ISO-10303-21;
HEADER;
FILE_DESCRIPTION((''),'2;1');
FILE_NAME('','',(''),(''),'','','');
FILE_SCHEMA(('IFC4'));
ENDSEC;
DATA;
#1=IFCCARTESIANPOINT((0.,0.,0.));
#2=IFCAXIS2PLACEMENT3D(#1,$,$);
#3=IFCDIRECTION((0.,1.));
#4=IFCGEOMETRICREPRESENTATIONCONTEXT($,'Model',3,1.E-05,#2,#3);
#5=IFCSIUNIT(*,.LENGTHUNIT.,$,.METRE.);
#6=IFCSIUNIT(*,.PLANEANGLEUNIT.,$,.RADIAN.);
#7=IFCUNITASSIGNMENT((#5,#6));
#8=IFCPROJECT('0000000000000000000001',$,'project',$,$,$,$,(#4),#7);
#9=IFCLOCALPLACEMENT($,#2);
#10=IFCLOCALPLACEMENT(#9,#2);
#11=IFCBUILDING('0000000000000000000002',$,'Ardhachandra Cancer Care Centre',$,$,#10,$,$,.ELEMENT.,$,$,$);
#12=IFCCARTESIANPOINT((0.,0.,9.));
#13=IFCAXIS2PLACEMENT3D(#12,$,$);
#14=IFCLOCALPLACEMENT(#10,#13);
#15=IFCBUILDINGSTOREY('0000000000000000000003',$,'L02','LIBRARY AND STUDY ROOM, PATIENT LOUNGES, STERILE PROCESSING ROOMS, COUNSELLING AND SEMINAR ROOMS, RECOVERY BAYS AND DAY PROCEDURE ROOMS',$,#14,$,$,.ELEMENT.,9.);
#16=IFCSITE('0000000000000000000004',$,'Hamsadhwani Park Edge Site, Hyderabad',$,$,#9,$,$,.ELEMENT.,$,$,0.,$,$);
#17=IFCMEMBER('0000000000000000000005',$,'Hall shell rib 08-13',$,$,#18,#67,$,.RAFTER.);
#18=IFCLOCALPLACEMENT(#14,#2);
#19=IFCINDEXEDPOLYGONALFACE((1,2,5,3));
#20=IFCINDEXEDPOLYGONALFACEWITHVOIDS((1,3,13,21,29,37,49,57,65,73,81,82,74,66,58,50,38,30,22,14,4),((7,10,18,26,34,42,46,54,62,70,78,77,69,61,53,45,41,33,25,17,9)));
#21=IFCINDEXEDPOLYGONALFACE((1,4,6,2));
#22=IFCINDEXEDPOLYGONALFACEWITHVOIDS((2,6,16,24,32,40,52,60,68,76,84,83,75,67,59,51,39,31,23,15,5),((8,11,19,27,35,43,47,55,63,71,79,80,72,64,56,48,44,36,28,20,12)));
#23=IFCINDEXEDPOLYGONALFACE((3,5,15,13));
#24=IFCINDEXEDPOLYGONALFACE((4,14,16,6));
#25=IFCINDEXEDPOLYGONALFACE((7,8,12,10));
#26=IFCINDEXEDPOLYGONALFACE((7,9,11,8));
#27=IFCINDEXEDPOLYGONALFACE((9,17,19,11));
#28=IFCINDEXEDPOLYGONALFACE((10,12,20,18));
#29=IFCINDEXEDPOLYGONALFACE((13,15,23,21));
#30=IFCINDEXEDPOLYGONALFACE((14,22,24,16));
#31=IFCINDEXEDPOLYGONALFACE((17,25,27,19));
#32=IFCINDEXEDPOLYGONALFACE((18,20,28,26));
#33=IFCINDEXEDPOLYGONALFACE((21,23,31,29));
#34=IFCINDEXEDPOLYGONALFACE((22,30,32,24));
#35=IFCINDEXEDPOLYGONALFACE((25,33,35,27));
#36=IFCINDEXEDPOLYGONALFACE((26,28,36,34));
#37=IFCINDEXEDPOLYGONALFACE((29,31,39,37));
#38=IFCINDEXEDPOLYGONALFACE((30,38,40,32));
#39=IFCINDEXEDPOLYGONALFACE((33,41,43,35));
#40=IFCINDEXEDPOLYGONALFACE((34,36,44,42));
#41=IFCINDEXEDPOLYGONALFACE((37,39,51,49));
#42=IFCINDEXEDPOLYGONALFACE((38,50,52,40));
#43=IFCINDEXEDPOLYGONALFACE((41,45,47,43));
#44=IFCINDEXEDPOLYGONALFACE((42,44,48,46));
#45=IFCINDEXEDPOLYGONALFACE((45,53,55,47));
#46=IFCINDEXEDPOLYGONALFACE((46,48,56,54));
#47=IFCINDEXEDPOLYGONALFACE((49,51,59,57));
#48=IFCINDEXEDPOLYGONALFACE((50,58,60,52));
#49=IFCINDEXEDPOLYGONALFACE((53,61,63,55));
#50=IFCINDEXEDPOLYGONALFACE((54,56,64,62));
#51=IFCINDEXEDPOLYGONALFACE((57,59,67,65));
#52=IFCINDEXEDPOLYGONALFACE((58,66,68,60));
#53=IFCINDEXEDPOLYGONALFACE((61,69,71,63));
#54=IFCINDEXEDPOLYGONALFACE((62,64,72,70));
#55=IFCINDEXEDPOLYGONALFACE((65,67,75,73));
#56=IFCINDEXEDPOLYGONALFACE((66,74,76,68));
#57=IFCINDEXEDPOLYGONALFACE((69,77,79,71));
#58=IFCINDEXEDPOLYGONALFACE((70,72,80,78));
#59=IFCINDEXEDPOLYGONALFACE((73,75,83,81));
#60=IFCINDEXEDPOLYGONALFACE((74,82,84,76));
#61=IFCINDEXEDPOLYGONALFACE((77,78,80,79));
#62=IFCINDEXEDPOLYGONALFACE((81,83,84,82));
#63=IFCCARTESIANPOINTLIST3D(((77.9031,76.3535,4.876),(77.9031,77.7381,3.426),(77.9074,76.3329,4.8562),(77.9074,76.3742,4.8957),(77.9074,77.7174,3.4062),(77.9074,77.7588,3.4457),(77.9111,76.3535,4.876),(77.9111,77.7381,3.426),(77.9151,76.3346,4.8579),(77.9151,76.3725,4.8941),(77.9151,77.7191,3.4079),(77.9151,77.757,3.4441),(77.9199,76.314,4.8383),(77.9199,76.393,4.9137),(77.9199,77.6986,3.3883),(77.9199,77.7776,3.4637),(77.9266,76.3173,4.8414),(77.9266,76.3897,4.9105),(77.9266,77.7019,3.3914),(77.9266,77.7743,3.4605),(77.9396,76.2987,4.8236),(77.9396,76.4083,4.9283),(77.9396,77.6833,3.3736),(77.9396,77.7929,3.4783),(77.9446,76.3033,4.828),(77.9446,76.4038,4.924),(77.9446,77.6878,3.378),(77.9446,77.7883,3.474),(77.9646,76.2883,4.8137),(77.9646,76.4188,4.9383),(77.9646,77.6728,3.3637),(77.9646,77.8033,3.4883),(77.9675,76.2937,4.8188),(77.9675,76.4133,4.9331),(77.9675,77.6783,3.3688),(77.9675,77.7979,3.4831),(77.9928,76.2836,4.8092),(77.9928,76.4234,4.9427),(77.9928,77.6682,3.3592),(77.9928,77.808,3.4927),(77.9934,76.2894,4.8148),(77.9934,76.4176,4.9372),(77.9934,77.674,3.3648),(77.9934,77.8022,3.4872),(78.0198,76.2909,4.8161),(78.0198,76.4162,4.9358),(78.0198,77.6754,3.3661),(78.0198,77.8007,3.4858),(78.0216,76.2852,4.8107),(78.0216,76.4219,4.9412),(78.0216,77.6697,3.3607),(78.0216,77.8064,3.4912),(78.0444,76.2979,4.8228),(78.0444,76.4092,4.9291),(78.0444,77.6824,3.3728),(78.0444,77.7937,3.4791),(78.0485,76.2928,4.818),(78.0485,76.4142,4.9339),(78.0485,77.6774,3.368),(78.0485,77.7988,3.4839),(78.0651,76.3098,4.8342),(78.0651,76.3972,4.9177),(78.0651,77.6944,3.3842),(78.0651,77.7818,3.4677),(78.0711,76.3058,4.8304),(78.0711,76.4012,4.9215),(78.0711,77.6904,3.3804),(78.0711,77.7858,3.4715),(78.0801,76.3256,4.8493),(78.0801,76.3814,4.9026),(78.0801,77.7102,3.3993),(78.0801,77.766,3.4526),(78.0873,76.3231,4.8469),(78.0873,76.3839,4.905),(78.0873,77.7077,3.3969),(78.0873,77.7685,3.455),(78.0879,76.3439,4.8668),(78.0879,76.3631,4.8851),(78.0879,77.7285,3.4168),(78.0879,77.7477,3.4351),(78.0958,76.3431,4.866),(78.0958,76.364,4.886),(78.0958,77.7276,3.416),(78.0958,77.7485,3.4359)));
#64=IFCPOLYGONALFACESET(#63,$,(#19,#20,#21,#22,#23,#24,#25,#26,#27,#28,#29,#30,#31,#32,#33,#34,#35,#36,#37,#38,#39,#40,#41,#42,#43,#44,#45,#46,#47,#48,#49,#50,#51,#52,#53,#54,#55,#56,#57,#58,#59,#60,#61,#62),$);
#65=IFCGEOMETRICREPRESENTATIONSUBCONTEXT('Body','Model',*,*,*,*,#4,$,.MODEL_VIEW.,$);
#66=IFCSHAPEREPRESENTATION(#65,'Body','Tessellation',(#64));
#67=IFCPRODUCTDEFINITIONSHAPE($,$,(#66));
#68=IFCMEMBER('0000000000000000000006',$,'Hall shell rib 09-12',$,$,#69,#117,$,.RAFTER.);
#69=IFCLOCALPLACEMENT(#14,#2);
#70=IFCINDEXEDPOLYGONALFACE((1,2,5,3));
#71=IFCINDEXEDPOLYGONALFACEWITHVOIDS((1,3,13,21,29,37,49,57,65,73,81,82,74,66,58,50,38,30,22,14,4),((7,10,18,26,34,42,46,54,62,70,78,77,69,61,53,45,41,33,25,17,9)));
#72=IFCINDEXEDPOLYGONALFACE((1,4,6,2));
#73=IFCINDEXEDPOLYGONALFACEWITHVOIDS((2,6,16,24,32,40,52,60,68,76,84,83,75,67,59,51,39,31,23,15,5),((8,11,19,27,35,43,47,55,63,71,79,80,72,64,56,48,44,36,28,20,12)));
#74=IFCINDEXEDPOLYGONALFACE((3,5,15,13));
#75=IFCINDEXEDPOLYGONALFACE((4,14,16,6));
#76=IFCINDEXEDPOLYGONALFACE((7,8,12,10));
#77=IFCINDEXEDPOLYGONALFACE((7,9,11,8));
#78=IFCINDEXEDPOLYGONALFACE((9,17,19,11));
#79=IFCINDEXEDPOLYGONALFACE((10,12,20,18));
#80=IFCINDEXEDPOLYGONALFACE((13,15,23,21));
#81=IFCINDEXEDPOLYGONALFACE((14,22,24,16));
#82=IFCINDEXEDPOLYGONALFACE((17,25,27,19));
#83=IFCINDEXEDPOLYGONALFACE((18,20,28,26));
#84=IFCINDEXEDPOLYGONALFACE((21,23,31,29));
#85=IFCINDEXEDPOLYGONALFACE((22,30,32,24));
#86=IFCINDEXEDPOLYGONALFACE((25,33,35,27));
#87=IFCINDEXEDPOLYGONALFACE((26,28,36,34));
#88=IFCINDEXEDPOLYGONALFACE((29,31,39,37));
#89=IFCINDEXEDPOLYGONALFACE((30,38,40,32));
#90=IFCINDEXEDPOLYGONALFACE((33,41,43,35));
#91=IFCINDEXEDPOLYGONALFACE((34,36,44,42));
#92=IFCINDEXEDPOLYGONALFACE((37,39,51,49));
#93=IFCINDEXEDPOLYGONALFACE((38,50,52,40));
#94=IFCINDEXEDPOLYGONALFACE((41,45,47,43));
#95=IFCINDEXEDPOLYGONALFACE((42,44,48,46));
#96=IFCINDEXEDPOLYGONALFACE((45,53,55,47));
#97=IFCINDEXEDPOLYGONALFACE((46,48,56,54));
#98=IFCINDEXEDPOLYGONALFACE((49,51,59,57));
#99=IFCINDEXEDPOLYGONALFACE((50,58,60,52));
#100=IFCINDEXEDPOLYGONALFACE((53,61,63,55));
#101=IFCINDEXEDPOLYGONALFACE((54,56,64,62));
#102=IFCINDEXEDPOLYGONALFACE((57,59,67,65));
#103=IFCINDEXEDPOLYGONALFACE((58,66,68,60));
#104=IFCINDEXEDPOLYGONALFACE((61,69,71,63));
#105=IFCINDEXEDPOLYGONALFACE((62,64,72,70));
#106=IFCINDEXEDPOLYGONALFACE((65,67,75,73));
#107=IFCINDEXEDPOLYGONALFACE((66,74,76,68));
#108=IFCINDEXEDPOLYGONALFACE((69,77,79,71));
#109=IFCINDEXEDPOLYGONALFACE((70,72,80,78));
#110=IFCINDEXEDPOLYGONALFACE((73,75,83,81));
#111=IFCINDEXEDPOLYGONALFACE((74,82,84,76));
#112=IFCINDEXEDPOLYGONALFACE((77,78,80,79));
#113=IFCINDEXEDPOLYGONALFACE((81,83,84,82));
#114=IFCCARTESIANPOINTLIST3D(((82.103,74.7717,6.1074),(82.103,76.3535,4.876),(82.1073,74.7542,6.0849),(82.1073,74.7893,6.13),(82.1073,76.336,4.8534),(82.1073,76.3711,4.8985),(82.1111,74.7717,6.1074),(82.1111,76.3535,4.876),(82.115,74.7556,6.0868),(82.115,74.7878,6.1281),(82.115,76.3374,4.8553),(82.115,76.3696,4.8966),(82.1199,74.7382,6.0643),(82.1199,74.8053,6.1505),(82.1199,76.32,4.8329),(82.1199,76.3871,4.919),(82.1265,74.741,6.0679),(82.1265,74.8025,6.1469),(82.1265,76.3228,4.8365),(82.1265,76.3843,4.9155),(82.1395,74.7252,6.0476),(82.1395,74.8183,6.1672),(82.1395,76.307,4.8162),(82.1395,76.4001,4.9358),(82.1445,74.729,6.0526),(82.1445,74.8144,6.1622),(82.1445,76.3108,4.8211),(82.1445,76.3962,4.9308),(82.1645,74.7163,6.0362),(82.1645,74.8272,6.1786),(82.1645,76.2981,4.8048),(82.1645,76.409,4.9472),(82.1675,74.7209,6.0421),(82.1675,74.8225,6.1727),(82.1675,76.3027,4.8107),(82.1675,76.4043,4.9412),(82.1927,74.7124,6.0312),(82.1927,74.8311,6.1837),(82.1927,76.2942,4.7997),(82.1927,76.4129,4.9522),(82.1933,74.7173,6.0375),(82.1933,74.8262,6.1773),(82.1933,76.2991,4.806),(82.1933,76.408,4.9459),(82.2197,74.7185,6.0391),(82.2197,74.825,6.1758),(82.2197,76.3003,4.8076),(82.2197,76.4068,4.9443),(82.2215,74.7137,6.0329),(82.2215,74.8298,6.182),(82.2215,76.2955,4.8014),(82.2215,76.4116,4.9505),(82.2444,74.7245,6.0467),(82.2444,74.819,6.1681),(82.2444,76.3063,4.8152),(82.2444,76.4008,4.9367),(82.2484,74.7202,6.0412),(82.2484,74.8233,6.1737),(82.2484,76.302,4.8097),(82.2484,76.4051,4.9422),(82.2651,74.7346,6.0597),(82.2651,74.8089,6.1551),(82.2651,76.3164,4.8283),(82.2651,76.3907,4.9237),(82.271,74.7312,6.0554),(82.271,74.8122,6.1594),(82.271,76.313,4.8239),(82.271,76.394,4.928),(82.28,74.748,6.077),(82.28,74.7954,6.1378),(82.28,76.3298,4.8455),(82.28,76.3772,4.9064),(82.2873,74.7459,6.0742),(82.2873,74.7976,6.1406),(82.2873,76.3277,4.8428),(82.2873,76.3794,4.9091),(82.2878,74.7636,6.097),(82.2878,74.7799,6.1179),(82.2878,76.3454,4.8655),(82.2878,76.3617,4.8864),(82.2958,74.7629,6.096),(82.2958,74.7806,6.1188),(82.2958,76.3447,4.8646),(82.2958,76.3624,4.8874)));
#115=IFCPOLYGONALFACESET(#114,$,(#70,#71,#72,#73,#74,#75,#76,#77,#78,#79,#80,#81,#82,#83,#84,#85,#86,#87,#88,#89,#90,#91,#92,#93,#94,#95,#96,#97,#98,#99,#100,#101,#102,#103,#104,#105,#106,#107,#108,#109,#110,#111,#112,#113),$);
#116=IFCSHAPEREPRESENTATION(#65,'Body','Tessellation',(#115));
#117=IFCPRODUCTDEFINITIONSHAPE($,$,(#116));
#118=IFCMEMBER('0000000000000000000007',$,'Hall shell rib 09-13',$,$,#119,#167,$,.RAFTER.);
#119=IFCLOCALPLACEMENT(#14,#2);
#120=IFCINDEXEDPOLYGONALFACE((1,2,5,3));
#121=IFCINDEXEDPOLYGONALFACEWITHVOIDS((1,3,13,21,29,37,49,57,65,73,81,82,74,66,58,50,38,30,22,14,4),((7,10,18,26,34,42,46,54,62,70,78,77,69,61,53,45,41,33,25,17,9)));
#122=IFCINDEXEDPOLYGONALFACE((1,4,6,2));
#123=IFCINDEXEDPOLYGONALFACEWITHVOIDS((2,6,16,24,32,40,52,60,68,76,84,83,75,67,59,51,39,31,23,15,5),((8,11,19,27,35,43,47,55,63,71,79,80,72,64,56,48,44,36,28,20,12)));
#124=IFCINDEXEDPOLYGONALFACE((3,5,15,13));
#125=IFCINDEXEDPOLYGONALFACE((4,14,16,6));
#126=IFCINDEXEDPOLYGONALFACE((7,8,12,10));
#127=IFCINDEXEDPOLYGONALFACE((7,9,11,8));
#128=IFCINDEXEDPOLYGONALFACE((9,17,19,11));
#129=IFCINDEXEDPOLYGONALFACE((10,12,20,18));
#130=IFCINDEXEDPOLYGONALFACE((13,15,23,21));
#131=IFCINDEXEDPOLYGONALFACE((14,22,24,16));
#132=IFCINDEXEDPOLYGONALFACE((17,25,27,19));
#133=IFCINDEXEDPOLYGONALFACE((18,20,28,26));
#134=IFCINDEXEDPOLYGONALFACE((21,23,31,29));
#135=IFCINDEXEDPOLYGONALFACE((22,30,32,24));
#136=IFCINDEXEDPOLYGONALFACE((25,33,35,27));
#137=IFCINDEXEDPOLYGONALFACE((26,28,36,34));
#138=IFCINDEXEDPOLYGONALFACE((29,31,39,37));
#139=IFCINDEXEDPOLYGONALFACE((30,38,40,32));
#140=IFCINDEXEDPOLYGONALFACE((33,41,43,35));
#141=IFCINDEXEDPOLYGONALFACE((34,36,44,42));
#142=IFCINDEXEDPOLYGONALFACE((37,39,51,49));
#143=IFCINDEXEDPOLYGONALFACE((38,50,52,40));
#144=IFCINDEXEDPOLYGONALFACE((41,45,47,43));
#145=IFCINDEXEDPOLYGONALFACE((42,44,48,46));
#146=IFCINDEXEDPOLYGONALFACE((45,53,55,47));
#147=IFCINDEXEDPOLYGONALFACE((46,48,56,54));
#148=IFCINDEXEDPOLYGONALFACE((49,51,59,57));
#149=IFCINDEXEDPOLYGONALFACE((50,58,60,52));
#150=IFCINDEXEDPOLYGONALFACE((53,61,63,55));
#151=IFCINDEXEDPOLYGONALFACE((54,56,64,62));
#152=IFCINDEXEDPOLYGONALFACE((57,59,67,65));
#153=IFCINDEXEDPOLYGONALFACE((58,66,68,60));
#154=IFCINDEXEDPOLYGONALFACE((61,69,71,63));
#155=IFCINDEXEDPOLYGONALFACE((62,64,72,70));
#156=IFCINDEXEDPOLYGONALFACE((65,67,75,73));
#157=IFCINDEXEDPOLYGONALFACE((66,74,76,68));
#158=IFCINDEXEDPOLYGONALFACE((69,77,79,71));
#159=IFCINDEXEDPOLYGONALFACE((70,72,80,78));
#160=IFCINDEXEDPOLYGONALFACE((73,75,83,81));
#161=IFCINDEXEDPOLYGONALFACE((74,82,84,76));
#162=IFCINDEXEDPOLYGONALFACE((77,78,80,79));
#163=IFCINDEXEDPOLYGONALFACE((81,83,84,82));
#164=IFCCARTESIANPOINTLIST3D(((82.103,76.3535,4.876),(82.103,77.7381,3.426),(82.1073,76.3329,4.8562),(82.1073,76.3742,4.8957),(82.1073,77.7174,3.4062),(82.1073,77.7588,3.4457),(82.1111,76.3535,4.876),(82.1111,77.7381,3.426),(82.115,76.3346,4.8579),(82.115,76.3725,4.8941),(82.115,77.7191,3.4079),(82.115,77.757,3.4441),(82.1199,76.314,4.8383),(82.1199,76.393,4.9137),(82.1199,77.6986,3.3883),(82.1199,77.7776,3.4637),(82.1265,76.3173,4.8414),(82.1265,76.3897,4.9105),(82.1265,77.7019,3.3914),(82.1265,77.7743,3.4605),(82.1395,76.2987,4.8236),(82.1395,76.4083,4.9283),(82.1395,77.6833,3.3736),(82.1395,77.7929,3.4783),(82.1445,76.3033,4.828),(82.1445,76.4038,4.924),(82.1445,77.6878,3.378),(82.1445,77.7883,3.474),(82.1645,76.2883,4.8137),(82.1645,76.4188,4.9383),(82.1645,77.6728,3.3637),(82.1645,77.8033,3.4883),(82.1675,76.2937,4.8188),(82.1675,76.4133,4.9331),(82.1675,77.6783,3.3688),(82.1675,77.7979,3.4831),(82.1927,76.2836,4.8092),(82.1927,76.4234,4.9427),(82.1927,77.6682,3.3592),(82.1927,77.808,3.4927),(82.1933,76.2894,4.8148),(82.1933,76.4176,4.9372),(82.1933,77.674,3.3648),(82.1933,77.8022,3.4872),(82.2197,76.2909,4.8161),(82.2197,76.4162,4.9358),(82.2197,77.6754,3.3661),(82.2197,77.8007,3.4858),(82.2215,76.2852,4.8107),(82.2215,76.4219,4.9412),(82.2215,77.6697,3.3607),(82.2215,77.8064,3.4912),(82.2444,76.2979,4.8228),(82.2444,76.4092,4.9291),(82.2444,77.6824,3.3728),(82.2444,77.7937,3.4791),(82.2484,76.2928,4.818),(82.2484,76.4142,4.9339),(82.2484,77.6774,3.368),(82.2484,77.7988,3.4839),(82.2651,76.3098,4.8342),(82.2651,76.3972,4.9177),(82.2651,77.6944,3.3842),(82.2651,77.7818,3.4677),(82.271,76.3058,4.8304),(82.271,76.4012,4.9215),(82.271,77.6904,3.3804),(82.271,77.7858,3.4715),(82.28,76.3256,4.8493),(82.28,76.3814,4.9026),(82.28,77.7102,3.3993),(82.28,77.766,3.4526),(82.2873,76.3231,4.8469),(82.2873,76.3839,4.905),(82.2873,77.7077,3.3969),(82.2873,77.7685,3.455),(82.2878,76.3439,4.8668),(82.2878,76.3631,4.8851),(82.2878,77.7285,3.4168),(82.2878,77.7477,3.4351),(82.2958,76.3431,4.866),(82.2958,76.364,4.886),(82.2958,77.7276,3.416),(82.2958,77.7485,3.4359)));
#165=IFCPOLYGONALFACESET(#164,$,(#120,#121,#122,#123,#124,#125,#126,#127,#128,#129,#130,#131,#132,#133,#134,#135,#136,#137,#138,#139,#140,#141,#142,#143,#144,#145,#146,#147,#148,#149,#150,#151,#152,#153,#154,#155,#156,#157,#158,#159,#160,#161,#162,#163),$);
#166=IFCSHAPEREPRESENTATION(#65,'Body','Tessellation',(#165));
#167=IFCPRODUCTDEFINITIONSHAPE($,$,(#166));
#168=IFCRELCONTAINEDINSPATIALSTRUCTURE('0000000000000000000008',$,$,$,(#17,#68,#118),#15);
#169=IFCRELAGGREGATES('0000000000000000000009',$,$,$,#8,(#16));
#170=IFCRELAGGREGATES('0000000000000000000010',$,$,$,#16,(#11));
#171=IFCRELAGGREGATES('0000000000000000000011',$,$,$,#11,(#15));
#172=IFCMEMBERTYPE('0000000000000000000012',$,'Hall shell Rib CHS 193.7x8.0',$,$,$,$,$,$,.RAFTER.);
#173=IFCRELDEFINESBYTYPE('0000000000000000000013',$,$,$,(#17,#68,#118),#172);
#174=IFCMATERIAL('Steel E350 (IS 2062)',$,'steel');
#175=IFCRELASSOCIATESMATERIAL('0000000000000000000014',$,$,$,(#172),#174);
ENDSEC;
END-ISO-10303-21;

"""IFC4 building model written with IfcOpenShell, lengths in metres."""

from ifc_helpers import new_model, si_unit, direction, frame, origin, origin_2d, place, context, subcontext, project, spatial, hollow_circle, extrude, material, material_profile, profile_set, type_object, element, save


model = new_model("IFC4")

# Units and contexts
model_context = context("Model", 3, precision=1e-05, world=origin(), true_north=direction((0.0, 1.0)))
body_context = subcontext(model_context, "Body", "Model", "MODEL_VIEW")
ifc_project = project(units=[si_unit("LENGTHUNIT", "METRE"), si_unit("PLANEANGLEUNIT", "RADIAN")], contexts=[model_context])

# Site, building, storey
site_placement = place(None, origin())
site = spatial("IfcSite", under=ifc_project, at=site_placement, Name="Hamsadhwani Park Edge Site, Hyderabad", CompositionType="ELEMENT", RefElevation=0.0)
building_placement = place(site_placement, origin())
building = spatial("IfcBuilding", under=site, at=building_placement, Name="Ardhachandra Cancer Care Centre", CompositionType="ELEMENT")
storey_placement = place(building_placement, frame((0.0, 0.0, 9.0)))
storey = spatial("IfcBuildingStorey", under=building, at=storey_placement, Name="L02", Description="LIBRARY AND STUDY ROOM, PATIENT LOUNGES, STERILE PROCESSING ROOMS, COUNSELLING AND SEMINAR ROOMS, RECOVERY BAYS AND DAY PROCEDURE ROOMS", CompositionType="ELEMENT", Elevation=9.0)

# Members
ifc_material_1 = material(Name="Steel E350 (IS 2062)", Category="steel")
ifc_material_profile_1 = material_profile(ifc_material_1, hollow_circle(Radius=0.0969, WallThickness=0.0081, at=origin_2d()), Name="CHS 193.7x8.0")
ifc_profile_set_1 = profile_set([ifc_material_profile_1], Name="Steel E350 (IS 2062)")
member_type_1 = type_object("IfcMemberType", Name="Hall shell Rib CHS 193.7x8.0", PredefinedType="RAFTER", material=ifc_profile_set_1)
member_1_placement = place(storey_placement, frame((78.0, 76.3535, 4.876), z_axis=(0.0, 0.6906, -0.723237), x_axis=(-1.0, 0.0, 0.0)))
element("IfcMember", 1, at=member_1_placement, inside=storey, type_object=member_type_1, Name="Hall shell rib 08-13", PredefinedType="RAFTER", context=body_context, shape_type="SweptSolid", body=[
    extrude(hollow_circle(Radius=0.0969, WallThickness=0.0081, at=origin_2d()), origin(), (0.0, 0.0, 1.0), 2.0049),
])
member_2_placement = place(storey_placement, frame((82.2, 74.7717, 6.1074), z_axis=(0.0, 0.78907, -0.614303), x_axis=(-1.0, 0.0, 0.0)))
element("IfcMember", 2, at=member_2_placement, inside=storey, type_object=member_type_1, Name="Hall shell rib 09-12", PredefinedType="RAFTER", context=body_context, shape_type="SweptSolid", body=[
    extrude(hollow_circle(Radius=0.0969, WallThickness=0.0081, at=origin_2d()), origin(), (0.0, 0.0, 1.0), 2.0046),
])
member_3_placement = place(storey_placement, frame((82.2, 76.3535, 4.876), z_axis=(0.0, 0.6906, -0.723237), x_axis=(-1.0, 0.0, 0.0)))
element("IfcMember", 3, at=member_3_placement, inside=storey, type_object=member_type_1, Name="Hall shell rib 09-13", PredefinedType="RAFTER", context=body_context, shape_type="SweptSolid", body=[
    extrude(hollow_circle(Radius=0.0969, WallThickness=0.0081, at=origin_2d()), origin(), (0.0, 0.0, 1.0), 2.0049),
])

save(model, "model.ifc")
